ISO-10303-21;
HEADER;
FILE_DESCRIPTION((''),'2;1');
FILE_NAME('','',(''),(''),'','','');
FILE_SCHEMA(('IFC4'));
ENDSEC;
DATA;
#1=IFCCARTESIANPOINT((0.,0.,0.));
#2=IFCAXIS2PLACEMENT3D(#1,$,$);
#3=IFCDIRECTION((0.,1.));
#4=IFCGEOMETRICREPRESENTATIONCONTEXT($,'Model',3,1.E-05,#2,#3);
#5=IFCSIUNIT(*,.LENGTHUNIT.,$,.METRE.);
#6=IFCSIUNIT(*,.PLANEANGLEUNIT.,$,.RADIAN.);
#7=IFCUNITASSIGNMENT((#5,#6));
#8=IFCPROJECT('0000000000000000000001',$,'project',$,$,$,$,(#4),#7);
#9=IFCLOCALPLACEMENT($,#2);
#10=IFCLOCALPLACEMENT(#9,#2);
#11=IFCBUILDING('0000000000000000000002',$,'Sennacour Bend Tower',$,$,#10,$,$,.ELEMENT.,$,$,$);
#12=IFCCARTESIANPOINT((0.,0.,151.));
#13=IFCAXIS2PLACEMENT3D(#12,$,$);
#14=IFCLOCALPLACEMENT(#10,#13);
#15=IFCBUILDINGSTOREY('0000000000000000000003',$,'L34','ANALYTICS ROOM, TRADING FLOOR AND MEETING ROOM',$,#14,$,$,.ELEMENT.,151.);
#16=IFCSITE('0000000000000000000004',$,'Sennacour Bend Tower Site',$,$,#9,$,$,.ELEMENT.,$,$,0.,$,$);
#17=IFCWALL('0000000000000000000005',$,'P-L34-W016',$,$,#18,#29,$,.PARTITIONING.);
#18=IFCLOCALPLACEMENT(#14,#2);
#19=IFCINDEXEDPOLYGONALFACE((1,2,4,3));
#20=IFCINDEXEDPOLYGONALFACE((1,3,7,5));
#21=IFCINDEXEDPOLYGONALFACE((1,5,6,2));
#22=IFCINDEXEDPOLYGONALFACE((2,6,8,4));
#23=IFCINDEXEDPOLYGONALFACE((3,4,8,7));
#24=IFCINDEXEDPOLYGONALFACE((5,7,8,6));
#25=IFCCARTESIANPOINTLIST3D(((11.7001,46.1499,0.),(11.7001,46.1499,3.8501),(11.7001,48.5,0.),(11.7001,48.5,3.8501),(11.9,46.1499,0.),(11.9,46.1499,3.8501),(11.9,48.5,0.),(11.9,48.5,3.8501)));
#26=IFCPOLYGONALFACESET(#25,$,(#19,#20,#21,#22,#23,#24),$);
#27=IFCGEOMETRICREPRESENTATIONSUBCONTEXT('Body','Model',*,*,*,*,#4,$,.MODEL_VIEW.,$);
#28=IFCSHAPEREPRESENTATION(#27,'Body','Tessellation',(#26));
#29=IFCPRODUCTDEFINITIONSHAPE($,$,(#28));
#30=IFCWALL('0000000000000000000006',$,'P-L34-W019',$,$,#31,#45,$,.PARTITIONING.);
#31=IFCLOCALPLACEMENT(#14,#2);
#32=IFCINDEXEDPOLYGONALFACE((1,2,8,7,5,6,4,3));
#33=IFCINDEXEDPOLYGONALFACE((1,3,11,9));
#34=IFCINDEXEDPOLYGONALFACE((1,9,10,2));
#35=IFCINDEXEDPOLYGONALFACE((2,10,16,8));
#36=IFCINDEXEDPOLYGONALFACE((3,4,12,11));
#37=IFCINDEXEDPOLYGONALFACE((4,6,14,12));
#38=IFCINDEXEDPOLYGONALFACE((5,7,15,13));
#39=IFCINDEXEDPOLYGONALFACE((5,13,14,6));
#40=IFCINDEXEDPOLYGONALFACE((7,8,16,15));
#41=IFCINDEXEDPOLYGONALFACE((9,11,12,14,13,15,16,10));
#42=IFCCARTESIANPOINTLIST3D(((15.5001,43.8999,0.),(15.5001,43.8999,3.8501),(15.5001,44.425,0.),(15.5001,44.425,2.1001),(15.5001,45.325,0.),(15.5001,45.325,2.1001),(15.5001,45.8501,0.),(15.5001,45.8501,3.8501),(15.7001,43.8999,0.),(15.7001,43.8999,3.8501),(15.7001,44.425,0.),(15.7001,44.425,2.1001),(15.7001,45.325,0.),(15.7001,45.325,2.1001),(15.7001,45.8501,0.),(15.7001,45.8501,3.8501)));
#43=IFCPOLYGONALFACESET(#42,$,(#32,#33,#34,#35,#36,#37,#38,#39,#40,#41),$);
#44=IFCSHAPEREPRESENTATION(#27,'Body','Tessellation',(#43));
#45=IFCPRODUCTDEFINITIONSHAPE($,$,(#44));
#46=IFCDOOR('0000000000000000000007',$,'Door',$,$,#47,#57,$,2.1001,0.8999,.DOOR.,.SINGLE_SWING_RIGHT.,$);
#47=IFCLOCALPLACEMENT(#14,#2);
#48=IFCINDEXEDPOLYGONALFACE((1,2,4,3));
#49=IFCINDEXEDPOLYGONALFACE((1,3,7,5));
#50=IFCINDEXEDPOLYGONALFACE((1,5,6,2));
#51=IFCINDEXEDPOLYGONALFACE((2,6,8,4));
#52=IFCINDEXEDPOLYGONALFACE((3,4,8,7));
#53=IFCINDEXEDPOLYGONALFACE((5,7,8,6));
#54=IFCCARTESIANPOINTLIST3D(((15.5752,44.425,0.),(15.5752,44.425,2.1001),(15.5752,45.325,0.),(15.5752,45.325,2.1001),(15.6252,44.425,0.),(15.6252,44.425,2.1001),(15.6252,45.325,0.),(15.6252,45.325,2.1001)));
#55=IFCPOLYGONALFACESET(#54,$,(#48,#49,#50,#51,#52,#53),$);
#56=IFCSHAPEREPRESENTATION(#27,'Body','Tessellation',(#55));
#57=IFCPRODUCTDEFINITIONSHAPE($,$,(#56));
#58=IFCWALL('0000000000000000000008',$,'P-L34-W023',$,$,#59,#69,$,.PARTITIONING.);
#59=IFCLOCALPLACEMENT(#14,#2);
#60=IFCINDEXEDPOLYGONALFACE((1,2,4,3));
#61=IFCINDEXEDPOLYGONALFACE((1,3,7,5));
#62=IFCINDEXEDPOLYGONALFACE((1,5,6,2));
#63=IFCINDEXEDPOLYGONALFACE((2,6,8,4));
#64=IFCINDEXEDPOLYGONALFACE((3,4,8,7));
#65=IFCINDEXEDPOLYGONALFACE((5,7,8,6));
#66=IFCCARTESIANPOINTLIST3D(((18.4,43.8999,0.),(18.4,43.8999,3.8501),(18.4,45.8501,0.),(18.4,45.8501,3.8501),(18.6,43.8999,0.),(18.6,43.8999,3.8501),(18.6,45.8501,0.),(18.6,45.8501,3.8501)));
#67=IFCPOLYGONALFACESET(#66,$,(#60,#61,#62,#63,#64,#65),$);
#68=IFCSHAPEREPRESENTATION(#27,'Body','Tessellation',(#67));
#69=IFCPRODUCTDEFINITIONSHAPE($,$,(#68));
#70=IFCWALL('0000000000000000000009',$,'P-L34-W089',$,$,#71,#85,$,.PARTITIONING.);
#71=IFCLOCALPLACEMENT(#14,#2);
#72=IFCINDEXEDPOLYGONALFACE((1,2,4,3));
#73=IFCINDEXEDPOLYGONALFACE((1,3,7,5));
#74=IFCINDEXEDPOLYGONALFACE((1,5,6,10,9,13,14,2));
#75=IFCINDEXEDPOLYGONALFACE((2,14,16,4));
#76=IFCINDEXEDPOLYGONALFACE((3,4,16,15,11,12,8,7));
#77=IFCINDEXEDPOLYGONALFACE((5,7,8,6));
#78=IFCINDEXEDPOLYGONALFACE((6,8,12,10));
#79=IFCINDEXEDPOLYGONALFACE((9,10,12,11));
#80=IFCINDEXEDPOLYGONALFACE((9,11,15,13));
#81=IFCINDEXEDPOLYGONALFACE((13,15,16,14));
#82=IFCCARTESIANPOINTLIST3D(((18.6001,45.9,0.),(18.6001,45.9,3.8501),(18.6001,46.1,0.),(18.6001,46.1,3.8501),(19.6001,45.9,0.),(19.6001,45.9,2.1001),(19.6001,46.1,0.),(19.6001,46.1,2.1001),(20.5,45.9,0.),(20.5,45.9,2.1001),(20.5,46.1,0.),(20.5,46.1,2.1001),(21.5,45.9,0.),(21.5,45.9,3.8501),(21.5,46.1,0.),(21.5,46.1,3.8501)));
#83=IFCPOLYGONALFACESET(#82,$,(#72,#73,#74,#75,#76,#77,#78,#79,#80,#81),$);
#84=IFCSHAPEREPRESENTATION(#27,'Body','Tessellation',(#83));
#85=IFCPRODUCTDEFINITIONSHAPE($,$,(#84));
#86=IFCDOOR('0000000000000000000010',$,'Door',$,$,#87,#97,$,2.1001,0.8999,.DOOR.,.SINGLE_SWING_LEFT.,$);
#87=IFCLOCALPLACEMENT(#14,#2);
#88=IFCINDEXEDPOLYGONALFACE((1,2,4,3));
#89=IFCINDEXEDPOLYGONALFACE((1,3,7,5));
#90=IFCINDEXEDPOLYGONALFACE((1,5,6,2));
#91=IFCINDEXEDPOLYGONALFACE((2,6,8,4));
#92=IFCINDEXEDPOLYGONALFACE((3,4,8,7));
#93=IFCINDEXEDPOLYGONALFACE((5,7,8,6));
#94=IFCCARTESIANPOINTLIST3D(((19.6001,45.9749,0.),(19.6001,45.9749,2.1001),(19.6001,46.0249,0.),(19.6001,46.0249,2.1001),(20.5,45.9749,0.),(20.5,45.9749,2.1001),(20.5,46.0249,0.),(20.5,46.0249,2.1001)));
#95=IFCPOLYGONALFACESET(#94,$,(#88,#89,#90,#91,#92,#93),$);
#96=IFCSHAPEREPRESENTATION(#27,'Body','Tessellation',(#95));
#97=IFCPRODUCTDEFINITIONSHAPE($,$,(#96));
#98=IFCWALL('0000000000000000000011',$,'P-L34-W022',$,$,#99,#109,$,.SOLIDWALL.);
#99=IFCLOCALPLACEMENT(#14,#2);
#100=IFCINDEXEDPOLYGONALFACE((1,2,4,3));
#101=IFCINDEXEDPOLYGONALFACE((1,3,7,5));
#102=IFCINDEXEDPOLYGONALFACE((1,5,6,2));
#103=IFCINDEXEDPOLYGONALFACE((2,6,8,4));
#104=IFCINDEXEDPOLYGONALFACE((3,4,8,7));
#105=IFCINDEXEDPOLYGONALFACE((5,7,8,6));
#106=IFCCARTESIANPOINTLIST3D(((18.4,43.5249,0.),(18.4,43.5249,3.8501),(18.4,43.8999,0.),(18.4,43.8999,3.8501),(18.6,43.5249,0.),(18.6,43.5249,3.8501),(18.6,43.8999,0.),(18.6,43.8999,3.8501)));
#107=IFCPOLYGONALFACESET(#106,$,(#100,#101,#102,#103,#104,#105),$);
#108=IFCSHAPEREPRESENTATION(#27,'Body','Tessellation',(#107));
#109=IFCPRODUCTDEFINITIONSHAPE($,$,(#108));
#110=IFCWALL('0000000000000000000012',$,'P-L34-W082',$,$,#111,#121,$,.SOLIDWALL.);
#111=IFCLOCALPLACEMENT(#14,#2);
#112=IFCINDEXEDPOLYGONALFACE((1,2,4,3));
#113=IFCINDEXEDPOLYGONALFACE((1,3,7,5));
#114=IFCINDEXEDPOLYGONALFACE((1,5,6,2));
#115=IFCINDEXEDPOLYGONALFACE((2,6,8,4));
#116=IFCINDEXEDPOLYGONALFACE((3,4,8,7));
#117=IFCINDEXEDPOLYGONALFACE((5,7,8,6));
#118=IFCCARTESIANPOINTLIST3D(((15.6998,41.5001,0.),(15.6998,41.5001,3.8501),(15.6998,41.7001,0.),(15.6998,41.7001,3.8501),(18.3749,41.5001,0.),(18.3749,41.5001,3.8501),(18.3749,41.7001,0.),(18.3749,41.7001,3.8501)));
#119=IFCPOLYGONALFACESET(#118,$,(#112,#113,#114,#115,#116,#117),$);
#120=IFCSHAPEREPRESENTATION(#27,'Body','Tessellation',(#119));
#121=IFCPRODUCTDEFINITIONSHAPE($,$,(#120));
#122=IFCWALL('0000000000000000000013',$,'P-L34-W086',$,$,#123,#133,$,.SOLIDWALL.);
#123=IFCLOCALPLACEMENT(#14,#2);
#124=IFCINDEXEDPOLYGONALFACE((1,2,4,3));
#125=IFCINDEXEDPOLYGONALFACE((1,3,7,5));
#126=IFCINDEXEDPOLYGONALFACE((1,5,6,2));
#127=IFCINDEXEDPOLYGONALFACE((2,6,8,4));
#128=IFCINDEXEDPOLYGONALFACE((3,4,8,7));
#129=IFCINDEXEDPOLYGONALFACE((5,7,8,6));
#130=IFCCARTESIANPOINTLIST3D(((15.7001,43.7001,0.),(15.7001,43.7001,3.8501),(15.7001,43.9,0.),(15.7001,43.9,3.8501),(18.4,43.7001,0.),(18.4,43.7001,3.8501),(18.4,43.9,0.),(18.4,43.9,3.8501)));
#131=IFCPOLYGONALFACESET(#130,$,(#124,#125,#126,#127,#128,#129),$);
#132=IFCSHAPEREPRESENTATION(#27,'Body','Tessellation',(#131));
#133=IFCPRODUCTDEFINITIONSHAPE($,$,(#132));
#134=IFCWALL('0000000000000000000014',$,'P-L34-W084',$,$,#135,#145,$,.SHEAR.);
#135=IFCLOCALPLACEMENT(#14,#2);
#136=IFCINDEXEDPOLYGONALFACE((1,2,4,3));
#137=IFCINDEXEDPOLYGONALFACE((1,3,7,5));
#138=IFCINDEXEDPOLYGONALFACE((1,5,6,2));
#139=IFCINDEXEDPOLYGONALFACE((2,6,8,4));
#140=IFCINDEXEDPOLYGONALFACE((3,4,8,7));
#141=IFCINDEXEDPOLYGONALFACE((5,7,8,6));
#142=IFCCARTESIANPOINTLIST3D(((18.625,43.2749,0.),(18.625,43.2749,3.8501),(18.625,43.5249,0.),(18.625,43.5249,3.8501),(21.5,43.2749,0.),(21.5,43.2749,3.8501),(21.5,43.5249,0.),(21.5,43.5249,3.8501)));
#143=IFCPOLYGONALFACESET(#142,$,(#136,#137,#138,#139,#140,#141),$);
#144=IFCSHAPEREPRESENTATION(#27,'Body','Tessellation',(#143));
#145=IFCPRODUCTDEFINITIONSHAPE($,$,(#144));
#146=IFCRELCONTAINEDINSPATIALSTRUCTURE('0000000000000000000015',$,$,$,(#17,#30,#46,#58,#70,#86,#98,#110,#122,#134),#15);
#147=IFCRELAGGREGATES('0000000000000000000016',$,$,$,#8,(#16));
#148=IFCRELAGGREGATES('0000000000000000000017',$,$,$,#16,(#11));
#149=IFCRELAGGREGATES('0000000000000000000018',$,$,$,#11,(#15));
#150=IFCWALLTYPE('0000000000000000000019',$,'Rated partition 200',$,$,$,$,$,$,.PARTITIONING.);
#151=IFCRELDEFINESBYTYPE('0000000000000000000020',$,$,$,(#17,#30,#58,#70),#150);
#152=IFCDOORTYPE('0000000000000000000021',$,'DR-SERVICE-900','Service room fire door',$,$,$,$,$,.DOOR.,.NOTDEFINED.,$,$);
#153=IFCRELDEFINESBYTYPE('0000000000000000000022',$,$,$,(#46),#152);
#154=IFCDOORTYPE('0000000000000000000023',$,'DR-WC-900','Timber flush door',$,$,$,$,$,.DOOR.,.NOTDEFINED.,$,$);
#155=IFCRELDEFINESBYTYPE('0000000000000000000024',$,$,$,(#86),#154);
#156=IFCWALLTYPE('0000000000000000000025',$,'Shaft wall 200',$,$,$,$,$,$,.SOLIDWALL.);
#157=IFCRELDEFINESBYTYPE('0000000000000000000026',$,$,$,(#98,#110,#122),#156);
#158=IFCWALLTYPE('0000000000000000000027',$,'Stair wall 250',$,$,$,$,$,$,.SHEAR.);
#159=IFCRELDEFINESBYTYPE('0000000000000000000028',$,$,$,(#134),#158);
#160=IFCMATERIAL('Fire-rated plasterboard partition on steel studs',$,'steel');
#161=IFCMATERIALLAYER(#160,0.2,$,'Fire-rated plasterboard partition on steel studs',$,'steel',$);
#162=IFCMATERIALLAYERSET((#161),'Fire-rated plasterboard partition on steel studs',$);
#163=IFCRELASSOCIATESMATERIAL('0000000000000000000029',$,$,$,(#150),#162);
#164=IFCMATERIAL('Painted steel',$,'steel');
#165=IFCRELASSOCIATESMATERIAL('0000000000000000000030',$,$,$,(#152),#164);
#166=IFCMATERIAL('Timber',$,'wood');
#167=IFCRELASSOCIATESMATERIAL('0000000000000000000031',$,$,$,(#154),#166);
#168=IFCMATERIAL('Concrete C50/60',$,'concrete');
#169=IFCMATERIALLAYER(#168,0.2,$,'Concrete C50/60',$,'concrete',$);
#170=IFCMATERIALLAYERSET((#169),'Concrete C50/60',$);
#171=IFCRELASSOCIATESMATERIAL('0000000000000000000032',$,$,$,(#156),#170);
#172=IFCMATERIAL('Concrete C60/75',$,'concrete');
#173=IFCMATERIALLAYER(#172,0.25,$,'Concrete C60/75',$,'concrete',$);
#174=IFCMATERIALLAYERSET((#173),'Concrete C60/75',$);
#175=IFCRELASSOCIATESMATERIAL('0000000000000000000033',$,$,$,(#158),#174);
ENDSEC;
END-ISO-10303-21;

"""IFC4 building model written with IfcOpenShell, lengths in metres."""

from ifc_helpers import new_model, si_unit, direction, frame, frame_2d, origin, place, context, subcontext, project, spatial, rectangle, extrude, material, layer, layer_set, type_object, element, fill, save


model = new_model("IFC4")

# Units and contexts
model_context = context("Model", 3, precision=1e-05, world=origin(), true_north=direction((0.0, 1.0)))
body_context = subcontext(model_context, "Body", "Model", "MODEL_VIEW")
ifc_project = project(units=[si_unit("LENGTHUNIT", "METRE"), si_unit("PLANEANGLEUNIT", "RADIAN")], contexts=[model_context])

# Site, building, storey
site_placement = place(None, origin())
site = spatial("IfcSite", under=ifc_project, at=site_placement, Name="Sennacour Bend Tower Site", CompositionType="ELEMENT", RefElevation=0.0)
building_placement = place(site_placement, origin())
building = spatial("IfcBuilding", under=site, at=building_placement, Name="Sennacour Bend Tower", CompositionType="ELEMENT")
storey_placement = place(building_placement, frame((0.0, 0.0, 151.0)))
storey = spatial("IfcBuildingStorey", under=building, at=storey_placement, Name="L34", Description="ANALYTICS ROOM, TRADING FLOOR AND MEETING ROOM", CompositionType="ELEMENT", Elevation=151.0)

# Wall
ifc_material_1 = material(Name="Fire-rated plasterboard partition on steel studs", Category="steel")
ifc_layer_1 = layer(ifc_material_1, 0.2, Name="Fire-rated plasterboard partition on steel studs", Category="steel")
ifc_layer_set_1 = layer_set([ifc_layer_1], Name="Fire-rated plasterboard partition on steel studs")
wall_type_1 = type_object("IfcWallType", Name="Rated partition 200", PredefinedType="PARTITIONING", material=ifc_layer_set_1)
wall_1_placement = place(storey_placement, frame((11.8, 46.1499, 0.0), z_axis=(0.0, 0.0, 1.0), x_axis=(0.0, 1.0, 0.0)))
element("IfcWall", 1, at=wall_1_placement, inside=storey, type_object=wall_type_1, Name="P-L34-W016", PredefinedType="PARTITIONING", context=body_context, shape_type="SweptSolid", body=[
    extrude(rectangle(XDim=2.3501, YDim=0.2, at=frame_2d((1.175, 0.0))), origin(), (0.0, 0.0, 1.0), 3.8501),
])

# Wall, opening, door
wall_2_placement = place(storey_placement, frame((15.6001, 43.8999, 0.0), z_axis=(0.0, 0.0, 1.0), x_axis=(0.0, 1.0, 0.0)))
wall_2 = element("IfcWall", 2, at=wall_2_placement, inside=storey, type_object=wall_type_1, Name="P-L34-W019", PredefinedType="PARTITIONING", context=body_context, shape_type="SweptSolid", body=[
    extrude(rectangle(XDim=1.9502, YDim=0.2, at=frame_2d((0.9751, 0.0))), origin(), (0.0, 0.0, 1.0), 3.8501),
])
opening_1_placement = place(wall_2_placement, frame((0.5251, 0.0, 0.0)))
opening_1 = element("IfcOpeningElement", 3, at=opening_1_placement, cuts=wall_2, PredefinedType="OPENING", context=body_context, shape_type="SweptSolid", body=[
    extrude(rectangle(XDim=0.8999, YDim=2.1001, at=frame_2d((0.45, 1.05))), frame((0.0, 0.1099, 0.0), z_axis=(0.0, -1.0, 0.0), x_axis=(1.0, 0.0, 0.0)), (0.0, 0.0, 1.0), 0.22),
])
ifc_material_2 = material(Name="Painted steel", Category="steel")
door_type_1 = type_object("IfcDoorType", Name="DR-SERVICE-900", Description="Service room fire door", OperationType="NOTDEFINED", PredefinedType="DOOR", material=ifc_material_2)
door_1_placement = place(opening_1_placement, origin())
door_1 = element("IfcDoor", 4, at=door_1_placement, inside=storey, type_object=door_type_1, Name="Door", OperationType="SINGLE_SWING_RIGHT", OverallHeight=2.1001, OverallWidth=0.8999, PredefinedType="DOOR", context=body_context, shape_type="SweptSolid", body=[
    extrude(rectangle(XDim=0.8999, YDim=2.1001, at=frame_2d((0.45, 1.05))), frame((0.0, 0.0249, 0.0), z_axis=(0.0, -1.0, 0.0), x_axis=(1.0, 0.0, 0.0)), (0.0, 0.0, 1.0), 0.05),
])
fill(opening_1, door_1)

# Wall
wall_3_placement = place(storey_placement, frame((18.5, 43.8999, 0.0), z_axis=(0.0, 0.0, 1.0), x_axis=(0.0, 1.0, 0.0)))
element("IfcWall", 5, at=wall_3_placement, inside=storey, type_object=wall_type_1, Name="P-L34-W023", PredefinedType="PARTITIONING", context=body_context, shape_type="SweptSolid", body=[
    extrude(rectangle(XDim=1.9502, YDim=0.2, at=frame_2d((0.9751, 0.0))), origin(), (0.0, 0.0, 1.0), 3.8501),
])

# Wall, opening, door
wall_4_placement = place(storey_placement, frame((18.6001, 46.0, 0.0), z_axis=(0.0, 0.0, 1.0), x_axis=(1.0, 0.0, 0.0)))
wall_4 = element("IfcWall", 6, at=wall_4_placement, inside=storey, type_object=wall_type_1, Name="P-L34-W089", PredefinedType="PARTITIONING", context=body_context, shape_type="SweptSolid", body=[
    extrude(rectangle(XDim=2.8999, YDim=0.2, at=frame_2d((1.45, 0.0))), origin(), (0.0, 0.0, 1.0), 3.8501),
])
opening_2_placement = place(wall_4_placement, frame((1.0, 0.0, 0.0)))
opening_2 = element("IfcOpeningElement", 7, at=opening_2_placement, cuts=wall_4, PredefinedType="OPENING", context=body_context, shape_type="SweptSolid", body=[
    extrude(rectangle(XDim=0.8999, YDim=2.1001, at=frame_2d((0.45, 1.05))), frame((0.0, 0.1099, 0.0), z_axis=(0.0, -1.0, 0.0), x_axis=(1.0, 0.0, 0.0)), (0.0, 0.0, 1.0), 0.22),
])
ifc_material_3 = material(Name="Timber", Category="wood")
door_type_2 = type_object("IfcDoorType", Name="DR-WC-900", Description="Timber flush door", OperationType="NOTDEFINED", PredefinedType="DOOR", material=ifc_material_3)
door_2_placement = place(opening_2_placement, origin())
door_2 = element("IfcDoor", 8, at=door_2_placement, inside=storey, type_object=door_type_2, Name="Door", OperationType="SINGLE_SWING_LEFT", OverallHeight=2.1001, OverallWidth=0.8999, PredefinedType="DOOR", context=body_context, shape_type="SweptSolid", body=[
    extrude(rectangle(XDim=0.8999, YDim=2.1001, at=frame_2d((0.45, 1.05))), frame((0.0, 0.0249, 0.0), z_axis=(0.0, -1.0, 0.0), x_axis=(1.0, 0.0, 0.0)), (0.0, 0.0, 1.0), 0.05),
])
fill(opening_2, door_2)

# Walls
ifc_material_4 = material(Name="Concrete C50/60", Category="concrete")
ifc_layer_2 = layer(ifc_material_4, 0.2, Name="Concrete C50/60", Category="concrete")
ifc_layer_set_2 = layer_set([ifc_layer_2], Name="Concrete C50/60")
wall_type_2 = type_object("IfcWallType", Name="Shaft wall 200", PredefinedType="SOLIDWALL", material=ifc_layer_set_2)
wall_5_placement = place(storey_placement, frame((18.5, 43.5249, 0.0), z_axis=(0.0, 0.0, 1.0), x_axis=(0.0, 1.0, 0.0)))
element("IfcWall", 9, at=wall_5_placement, inside=storey, type_object=wall_type_2, Name="P-L34-W022", PredefinedType="SOLIDWALL", context=body_context, shape_type="SweptSolid", body=[
    extrude(rectangle(XDim=0.375, YDim=0.2, at=frame_2d((0.1875, 0.0))), origin(), (0.0, 0.0, 1.0), 3.8501),
])
wall_6_placement = place(storey_placement, frame((15.7, 41.6001, 0.0), z_axis=(0.0, 0.0, 1.0), x_axis=(1.0, 0.0, 0.0)))
element("IfcWall", 10, at=wall_6_placement, inside=storey, type_object=wall_type_2, Name="P-L34-W082", PredefinedType="SOLIDWALL", context=body_context, shape_type="SweptSolid", body=[
    extrude(rectangle(XDim=2.675, YDim=0.2, at=frame_2d((1.3374, 0.0))), origin(), (0.0, 0.0, 1.0), 3.8501),
])
wall_7_placement = place(storey_placement, frame((15.7, 43.8, 0.0), z_axis=(0.0, 0.0, 1.0), x_axis=(1.0, 0.0, 0.0)))
element("IfcWall", 11, at=wall_7_placement, inside=storey, type_object=wall_type_2, Name="P-L34-W086", PredefinedType="SOLIDWALL", context=body_context, shape_type="SweptSolid", body=[
    extrude(rectangle(XDim=2.7, YDim=0.2, at=frame_2d((1.3501, 0.0))), origin(), (0.0, 0.0, 1.0), 3.8501),
])
ifc_material_5 = material(Name="Concrete C60/75", Category="concrete")
ifc_layer_3 = layer(ifc_material_5, 0.25, Name="Concrete C60/75", Category="concrete")
ifc_layer_set_3 = layer_set([ifc_layer_3], Name="Concrete C60/75")
wall_type_3 = type_object("IfcWallType", Name="Stair wall 250", PredefinedType="SHEAR", material=ifc_layer_set_3)
wall_8_placement = place(storey_placement, frame((18.625, 43.3999, 0.0), z_axis=(0.0, 0.0, 1.0), x_axis=(1.0, 0.0, 0.0)))
element("IfcWall", 12, at=wall_8_placement, inside=storey, type_object=wall_type_3, Name="P-L34-W084", PredefinedType="SHEAR", context=body_context, shape_type="SweptSolid", body=[
    extrude(rectangle(XDim=2.875, YDim=0.25, at=frame_2d((1.4375, 0.0))), origin(), (0.0, 0.0, 1.0), 3.8501),
])

save(model, "model.ifc")
